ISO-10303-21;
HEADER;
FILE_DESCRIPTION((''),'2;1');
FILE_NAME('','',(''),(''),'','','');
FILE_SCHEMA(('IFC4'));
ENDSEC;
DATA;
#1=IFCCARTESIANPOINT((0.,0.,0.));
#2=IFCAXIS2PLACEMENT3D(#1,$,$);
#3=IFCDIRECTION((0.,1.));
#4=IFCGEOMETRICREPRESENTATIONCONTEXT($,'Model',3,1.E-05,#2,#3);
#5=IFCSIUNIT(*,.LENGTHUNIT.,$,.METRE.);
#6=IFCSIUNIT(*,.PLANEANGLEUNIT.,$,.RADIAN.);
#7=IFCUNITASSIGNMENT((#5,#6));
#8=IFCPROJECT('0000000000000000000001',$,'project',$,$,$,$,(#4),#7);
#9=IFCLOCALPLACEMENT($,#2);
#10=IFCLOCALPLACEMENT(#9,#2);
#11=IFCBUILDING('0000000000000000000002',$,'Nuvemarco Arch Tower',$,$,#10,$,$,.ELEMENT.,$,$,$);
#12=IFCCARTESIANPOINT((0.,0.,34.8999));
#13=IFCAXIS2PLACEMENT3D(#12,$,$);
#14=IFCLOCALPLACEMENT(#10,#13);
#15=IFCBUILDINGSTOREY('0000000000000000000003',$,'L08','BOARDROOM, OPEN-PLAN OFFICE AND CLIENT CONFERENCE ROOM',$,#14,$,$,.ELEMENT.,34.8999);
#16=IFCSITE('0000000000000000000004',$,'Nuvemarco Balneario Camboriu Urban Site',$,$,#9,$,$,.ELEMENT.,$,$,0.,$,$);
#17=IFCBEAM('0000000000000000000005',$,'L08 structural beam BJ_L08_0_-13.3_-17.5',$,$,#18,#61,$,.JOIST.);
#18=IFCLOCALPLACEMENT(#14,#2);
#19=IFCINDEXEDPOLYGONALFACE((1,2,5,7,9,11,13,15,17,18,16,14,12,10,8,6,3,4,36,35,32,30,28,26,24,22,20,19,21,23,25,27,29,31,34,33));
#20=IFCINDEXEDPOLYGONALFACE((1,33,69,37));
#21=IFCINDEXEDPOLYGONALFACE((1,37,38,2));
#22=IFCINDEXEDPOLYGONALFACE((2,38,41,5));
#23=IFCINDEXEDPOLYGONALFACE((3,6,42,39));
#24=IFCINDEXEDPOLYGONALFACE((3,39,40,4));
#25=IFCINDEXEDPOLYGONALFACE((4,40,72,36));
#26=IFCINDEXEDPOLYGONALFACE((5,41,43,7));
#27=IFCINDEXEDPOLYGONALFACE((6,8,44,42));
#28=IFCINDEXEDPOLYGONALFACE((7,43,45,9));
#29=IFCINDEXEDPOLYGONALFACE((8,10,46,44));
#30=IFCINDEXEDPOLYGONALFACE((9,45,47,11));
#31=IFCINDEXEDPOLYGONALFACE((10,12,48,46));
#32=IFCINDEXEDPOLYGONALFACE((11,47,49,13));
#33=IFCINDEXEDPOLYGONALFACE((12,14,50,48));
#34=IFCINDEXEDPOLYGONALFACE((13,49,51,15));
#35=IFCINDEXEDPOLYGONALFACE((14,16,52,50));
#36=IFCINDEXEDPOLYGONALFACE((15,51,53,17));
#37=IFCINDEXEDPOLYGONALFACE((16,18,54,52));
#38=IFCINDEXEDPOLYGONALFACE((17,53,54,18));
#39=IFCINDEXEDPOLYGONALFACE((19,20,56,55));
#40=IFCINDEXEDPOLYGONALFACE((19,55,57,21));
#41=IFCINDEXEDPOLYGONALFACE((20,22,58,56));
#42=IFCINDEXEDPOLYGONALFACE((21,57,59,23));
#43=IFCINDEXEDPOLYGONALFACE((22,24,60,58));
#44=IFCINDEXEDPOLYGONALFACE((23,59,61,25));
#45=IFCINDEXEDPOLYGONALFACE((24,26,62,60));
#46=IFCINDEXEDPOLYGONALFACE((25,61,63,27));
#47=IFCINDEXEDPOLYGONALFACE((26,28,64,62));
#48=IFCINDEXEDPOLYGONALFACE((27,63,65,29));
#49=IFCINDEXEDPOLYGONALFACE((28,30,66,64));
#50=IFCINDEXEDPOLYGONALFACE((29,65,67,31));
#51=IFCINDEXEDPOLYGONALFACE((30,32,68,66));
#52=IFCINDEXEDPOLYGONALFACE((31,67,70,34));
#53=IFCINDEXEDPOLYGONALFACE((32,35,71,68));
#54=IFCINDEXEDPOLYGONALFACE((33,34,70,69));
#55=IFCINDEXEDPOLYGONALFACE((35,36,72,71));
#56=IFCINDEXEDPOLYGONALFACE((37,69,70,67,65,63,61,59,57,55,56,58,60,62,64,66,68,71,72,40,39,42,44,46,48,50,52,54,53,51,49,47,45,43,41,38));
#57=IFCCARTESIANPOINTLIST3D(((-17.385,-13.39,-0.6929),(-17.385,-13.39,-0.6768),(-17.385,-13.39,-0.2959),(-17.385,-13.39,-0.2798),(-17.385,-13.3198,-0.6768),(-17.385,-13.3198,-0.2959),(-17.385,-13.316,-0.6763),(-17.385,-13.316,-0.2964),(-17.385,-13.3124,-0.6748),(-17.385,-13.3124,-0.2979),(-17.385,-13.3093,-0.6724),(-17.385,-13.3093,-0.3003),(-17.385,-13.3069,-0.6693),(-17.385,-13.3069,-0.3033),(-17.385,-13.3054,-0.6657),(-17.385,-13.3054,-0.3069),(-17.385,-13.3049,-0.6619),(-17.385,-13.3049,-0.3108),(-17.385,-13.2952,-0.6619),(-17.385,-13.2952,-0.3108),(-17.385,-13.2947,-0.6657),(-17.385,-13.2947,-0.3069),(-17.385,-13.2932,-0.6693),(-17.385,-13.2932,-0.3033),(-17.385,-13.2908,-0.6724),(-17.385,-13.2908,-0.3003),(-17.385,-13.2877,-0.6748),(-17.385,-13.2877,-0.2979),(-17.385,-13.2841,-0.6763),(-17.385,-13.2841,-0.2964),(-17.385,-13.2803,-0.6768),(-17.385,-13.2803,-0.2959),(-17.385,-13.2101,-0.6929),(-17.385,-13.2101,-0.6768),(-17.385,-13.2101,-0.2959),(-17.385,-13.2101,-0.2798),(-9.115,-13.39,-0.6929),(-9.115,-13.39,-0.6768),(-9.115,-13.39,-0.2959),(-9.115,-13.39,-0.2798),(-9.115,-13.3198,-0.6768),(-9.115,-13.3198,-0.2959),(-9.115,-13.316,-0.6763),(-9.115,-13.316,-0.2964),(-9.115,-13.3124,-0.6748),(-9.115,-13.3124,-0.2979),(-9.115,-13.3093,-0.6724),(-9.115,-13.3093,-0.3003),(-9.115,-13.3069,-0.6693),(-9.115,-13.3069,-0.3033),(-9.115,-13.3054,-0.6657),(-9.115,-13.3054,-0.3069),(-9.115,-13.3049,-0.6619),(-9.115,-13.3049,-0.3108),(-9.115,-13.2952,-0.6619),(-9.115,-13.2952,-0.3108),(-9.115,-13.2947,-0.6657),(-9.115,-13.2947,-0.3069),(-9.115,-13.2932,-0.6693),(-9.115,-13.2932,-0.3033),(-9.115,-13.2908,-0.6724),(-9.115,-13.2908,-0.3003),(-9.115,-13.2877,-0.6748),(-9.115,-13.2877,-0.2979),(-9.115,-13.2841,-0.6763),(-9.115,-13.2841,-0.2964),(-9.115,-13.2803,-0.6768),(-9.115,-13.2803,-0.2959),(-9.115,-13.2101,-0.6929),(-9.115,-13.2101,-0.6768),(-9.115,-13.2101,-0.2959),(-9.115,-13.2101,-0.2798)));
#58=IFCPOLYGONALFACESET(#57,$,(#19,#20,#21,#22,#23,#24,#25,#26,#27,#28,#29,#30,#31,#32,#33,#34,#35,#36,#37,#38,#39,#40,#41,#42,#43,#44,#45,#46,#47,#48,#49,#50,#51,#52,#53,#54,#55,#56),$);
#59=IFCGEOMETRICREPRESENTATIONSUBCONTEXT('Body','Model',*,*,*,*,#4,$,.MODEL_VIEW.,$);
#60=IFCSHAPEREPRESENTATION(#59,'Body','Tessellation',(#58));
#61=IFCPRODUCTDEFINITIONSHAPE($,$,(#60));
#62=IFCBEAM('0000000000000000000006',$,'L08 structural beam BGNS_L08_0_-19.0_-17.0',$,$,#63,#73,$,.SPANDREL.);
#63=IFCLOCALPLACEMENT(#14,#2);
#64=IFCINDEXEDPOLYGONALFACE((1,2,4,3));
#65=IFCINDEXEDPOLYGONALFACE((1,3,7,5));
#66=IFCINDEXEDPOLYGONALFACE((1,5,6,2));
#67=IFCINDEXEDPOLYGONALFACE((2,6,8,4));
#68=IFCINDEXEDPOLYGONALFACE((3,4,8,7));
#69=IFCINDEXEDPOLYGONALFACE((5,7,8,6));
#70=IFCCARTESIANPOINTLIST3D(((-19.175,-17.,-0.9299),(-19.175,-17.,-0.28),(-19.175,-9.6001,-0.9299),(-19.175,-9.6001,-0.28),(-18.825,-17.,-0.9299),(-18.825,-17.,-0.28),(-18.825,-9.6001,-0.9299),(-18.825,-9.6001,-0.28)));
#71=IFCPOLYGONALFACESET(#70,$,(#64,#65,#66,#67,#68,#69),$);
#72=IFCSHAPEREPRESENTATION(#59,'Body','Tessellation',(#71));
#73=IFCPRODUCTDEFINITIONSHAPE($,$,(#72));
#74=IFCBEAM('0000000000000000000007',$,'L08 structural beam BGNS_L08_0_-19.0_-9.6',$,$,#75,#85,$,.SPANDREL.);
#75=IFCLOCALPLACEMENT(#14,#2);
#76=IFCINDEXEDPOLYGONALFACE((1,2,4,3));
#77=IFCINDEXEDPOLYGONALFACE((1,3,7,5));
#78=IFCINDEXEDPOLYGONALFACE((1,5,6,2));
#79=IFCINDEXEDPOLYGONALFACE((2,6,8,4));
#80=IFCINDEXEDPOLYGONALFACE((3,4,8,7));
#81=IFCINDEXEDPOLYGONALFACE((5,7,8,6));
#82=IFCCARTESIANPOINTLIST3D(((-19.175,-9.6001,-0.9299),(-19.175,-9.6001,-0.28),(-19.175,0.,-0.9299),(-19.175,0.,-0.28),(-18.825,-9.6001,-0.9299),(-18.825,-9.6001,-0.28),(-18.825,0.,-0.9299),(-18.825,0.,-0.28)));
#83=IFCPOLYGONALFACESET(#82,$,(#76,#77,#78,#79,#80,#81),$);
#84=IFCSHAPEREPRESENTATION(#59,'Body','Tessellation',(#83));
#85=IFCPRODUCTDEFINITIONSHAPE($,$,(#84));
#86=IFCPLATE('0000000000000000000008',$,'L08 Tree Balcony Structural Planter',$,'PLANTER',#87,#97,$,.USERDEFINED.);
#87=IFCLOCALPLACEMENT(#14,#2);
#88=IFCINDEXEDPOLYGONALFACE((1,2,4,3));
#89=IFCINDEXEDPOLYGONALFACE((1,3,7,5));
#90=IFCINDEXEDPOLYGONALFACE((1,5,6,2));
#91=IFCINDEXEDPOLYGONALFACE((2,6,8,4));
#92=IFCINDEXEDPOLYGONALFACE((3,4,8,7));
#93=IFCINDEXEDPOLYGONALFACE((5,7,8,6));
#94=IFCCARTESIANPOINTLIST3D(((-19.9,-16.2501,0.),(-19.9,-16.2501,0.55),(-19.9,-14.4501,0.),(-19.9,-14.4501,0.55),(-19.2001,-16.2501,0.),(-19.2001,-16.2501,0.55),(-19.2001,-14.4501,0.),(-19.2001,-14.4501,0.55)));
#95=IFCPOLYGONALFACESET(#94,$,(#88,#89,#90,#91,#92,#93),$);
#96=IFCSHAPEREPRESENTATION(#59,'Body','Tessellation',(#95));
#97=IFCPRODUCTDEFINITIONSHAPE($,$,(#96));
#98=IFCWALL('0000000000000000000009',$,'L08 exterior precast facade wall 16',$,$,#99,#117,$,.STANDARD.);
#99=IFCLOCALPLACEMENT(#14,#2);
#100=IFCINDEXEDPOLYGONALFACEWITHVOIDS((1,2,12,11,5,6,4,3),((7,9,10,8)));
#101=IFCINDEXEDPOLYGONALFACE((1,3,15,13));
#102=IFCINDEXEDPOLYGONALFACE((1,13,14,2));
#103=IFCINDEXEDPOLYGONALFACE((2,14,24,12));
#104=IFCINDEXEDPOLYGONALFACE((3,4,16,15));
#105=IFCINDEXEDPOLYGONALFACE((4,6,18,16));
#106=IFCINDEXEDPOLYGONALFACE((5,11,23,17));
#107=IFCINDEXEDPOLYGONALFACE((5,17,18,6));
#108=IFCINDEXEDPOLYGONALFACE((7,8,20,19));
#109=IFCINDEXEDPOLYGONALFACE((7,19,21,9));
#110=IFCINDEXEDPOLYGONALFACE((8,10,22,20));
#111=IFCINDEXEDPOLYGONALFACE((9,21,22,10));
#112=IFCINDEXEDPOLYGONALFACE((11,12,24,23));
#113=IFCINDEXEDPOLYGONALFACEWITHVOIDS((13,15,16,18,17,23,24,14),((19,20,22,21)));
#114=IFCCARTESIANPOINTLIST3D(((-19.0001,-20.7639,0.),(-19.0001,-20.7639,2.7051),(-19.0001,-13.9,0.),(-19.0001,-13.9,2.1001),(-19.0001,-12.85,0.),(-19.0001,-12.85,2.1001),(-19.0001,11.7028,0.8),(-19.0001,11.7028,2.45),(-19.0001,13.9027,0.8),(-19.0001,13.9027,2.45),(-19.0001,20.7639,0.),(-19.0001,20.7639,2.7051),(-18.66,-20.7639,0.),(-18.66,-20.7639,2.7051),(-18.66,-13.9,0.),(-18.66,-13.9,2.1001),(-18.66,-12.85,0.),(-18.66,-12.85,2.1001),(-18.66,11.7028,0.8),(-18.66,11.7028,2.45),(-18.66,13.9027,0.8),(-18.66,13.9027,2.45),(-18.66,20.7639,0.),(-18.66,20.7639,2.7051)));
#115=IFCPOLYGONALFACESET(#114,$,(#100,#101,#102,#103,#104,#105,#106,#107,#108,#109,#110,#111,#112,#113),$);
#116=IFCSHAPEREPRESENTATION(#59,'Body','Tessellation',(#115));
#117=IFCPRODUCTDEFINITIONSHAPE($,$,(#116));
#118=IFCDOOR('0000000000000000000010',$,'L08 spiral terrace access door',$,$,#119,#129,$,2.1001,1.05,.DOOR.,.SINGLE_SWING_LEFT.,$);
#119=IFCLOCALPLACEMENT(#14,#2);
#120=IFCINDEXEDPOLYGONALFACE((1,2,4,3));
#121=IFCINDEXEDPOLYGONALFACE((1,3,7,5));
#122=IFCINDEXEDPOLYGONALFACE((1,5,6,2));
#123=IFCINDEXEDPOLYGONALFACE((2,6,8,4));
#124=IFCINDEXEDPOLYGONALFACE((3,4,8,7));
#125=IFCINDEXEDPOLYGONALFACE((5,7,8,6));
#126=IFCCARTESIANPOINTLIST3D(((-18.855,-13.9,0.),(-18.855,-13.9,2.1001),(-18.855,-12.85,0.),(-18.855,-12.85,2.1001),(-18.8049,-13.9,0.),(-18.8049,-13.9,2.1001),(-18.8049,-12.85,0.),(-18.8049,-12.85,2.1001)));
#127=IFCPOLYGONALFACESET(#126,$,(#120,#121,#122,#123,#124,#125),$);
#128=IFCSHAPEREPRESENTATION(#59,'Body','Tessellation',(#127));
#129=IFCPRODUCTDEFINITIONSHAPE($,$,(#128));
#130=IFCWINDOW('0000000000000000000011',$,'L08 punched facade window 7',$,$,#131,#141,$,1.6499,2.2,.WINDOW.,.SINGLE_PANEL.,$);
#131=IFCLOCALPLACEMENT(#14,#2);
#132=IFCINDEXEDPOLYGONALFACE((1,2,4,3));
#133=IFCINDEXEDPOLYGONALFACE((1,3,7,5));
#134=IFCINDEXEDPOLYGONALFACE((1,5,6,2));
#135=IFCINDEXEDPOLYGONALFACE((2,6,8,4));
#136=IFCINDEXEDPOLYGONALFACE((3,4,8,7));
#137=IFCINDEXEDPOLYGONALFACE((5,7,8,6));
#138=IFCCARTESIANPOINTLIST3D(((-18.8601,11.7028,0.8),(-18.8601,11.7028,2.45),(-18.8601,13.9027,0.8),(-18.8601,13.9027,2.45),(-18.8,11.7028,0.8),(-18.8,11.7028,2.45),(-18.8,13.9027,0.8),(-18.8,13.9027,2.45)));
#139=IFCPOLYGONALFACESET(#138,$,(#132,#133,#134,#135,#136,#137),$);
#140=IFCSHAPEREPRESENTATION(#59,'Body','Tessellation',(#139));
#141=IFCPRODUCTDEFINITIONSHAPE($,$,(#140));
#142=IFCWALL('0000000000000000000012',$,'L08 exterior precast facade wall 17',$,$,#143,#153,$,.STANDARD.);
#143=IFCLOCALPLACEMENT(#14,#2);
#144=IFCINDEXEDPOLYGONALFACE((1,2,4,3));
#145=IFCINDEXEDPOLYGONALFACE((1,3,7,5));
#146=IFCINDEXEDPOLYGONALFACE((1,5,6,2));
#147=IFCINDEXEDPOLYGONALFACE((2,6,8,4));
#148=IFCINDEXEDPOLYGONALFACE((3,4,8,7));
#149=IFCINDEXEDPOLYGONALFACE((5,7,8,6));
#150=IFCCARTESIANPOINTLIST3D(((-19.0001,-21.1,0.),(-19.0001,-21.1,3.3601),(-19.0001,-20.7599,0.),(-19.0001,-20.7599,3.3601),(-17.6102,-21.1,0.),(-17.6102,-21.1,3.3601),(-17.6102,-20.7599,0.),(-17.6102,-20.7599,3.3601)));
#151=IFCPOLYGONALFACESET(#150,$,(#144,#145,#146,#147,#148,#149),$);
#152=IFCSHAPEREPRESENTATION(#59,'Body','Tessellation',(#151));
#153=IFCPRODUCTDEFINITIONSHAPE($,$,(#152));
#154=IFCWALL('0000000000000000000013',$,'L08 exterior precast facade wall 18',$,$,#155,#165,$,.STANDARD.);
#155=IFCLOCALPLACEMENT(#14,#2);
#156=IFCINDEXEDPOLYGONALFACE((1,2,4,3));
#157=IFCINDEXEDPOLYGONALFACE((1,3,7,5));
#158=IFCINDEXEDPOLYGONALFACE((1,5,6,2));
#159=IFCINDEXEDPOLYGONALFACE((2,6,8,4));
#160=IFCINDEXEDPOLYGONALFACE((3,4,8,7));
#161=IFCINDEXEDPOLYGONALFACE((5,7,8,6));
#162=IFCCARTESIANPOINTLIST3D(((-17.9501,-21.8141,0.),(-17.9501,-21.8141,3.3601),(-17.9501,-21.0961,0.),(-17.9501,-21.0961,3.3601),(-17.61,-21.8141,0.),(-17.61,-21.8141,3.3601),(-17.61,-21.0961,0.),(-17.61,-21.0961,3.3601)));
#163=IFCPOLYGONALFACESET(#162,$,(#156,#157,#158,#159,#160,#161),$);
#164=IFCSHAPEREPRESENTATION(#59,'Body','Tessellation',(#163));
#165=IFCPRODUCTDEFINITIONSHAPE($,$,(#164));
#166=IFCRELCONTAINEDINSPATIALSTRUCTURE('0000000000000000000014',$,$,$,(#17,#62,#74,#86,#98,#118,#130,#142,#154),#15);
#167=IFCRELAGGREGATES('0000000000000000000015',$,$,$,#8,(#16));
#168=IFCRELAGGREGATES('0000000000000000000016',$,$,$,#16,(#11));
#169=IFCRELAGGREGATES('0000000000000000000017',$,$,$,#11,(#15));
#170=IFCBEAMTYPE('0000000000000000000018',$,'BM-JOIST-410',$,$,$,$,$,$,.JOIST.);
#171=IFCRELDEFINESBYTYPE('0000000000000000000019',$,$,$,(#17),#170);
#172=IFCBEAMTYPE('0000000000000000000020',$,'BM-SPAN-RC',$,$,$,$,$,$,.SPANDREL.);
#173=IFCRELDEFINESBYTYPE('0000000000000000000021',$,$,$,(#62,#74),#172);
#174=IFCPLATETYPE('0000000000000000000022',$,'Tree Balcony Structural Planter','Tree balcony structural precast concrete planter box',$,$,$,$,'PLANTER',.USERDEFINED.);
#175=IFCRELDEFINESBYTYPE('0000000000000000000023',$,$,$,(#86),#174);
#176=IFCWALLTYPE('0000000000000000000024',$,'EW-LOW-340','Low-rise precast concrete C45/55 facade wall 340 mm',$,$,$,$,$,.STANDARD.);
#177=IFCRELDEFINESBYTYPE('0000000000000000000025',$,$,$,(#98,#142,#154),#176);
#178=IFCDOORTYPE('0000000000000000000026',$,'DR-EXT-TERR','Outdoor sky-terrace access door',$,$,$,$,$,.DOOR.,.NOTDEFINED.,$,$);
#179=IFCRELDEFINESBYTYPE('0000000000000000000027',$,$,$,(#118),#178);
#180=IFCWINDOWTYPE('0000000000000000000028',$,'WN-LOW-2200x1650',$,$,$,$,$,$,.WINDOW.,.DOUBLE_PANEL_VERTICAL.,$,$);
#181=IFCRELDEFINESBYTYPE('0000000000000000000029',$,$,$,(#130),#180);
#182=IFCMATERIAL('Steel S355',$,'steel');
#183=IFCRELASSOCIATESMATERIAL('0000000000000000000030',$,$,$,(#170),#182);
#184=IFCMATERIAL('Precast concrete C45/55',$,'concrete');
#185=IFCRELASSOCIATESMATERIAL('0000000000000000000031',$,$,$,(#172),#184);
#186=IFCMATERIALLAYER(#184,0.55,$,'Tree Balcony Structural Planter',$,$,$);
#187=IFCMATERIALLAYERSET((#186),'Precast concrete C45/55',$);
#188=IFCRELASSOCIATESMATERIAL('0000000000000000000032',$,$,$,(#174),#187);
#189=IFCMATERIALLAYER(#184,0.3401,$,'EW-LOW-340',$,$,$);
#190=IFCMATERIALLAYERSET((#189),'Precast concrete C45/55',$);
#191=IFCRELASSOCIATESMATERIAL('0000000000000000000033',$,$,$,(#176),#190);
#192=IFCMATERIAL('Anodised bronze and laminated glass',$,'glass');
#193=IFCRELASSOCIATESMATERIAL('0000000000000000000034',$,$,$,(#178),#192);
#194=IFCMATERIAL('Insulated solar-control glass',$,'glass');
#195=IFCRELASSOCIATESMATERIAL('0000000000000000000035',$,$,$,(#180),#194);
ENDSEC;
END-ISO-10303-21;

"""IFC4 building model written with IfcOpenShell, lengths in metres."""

from ifc_helpers import new_model, si_unit, direction, frame, frame_2d, origin, origin_2d, place, context, subcontext, project, spatial, rectangle, i_section, extrude, source, transform, mapped, material, layer, layer_set, material_profile, profile_set, type_object, type_shapes, element, fill, save


model = new_model("IFC4")

# Units and contexts
model_context = context("Model", 3, precision=1e-05, world=origin(), true_north=direction((0.0, 1.0)))
body_context = subcontext(model_context, "Body", "Model", "MODEL_VIEW")
ifc_project = project(units=[si_unit("LENGTHUNIT", "METRE"), si_unit("PLANEANGLEUNIT", "RADIAN")], contexts=[model_context])

# Site, building, storey
site_placement = place(None, origin())
site = spatial("IfcSite", under=ifc_project, at=site_placement, Name="Nuvemarco Balneario Camboriu Urban Site", CompositionType="ELEMENT", RefElevation=0.0)
building_placement = place(site_placement, origin())
building = spatial("IfcBuilding", under=site, at=building_placement, Name="Nuvemarco Arch Tower", CompositionType="ELEMENT")
storey_placement = place(building_placement, frame((0.0, 0.0, 34.8999)))
storey = spatial("IfcBuildingStorey", under=building, at=storey_placement, Name="L08", Description="BOARDROOM, OPEN-PLAN OFFICE AND CLIENT CONFERENCE ROOM", CompositionType="ELEMENT", Elevation=34.8999)

# Shared definitions
ifc_material_1 = material(Name="Steel S355", Category="steel")

# Beams
ifc_material_profile_1 = material_profile(ifc_material_1, i_section(OverallWidth=0.1799, OverallDepth=0.4131, WebThickness=0.0098, FlangeThickness=0.0161, FilletRadius=0.0149, at=origin_2d()), Name="W410x75")
ifc_profile_set_1 = profile_set([ifc_material_profile_1], Name="Steel S355")
beam_type_1 = type_object("IfcBeamType", Name="BM-JOIST-410", PredefinedType="JOIST", material=ifc_profile_set_1)
beam_1_placement = place(storey_placement, frame((-17.385, -13.3, -0.4863), z_axis=(1.0, 0.0, 0.0), x_axis=(0.0, 1.0, 0.0)))
element("IfcBeam", 1, at=beam_1_placement, inside=storey, type_object=beam_type_1, Name="L08 structural beam BJ_L08_0_-13.3_-17.5", PredefinedType="JOIST", context=body_context, shape_type="SweptSolid", body=[
    extrude(i_section(OverallWidth=0.1799, OverallDepth=0.4131, WebThickness=0.0098, FlangeThickness=0.0161, FilletRadius=0.0149, at=origin_2d()), origin(), (0.0, 0.0, 1.0), 8.27),
])
ifc_material_2 = material(Name="Precast concrete C45/55", Category="concrete")
ifc_material_profile_2 = material_profile(ifc_material_2, rectangle(XDim=0.3501, YDim=0.6499, at=origin_2d()), Name="PC-SP-350x650")
ifc_profile_set_2 = profile_set([ifc_material_profile_2], Name="Precast concrete C45/55")
beam_type_2 = type_object("IfcBeamType", Name="BM-SPAN-RC", PredefinedType="SPANDREL", material=ifc_profile_set_2)
beam_2_placement = place(storey_placement, frame((-19.0, -17.0, -0.605), z_axis=(0.0, 1.0, 0.0), x_axis=(-1.0, 0.0, 0.0)))
element("IfcBeam", 2, at=beam_2_placement, inside=storey, type_object=beam_type_2, Name="L08 structural beam BGNS_L08_0_-19.0_-17.0", PredefinedType="SPANDREL", context=body_context, shape_type="SweptSolid", body=[
    extrude(rectangle(XDim=0.3501, YDim=0.6499, at=origin_2d()), origin(), (0.0, 0.0, 1.0), 7.3999),
])
beam_3_placement = place(storey_placement, frame((-19.0, -9.6001, -0.605), z_axis=(0.0, 1.0, 0.0), x_axis=(-1.0, 0.0, 0.0)))
element("IfcBeam", 3, at=beam_3_placement, inside=storey, type_object=beam_type_2, Name="L08 structural beam BGNS_L08_0_-19.0_-9.6", PredefinedType="SPANDREL", context=body_context, shape_type="SweptSolid", body=[
    extrude(rectangle(XDim=0.3501, YDim=0.6499, at=origin_2d()), origin(), (0.0, 0.0, 1.0), 9.6001),
])

# Plate
ifc_layer_1 = layer(ifc_material_2, 0.55, Name="Tree Balcony Structural Planter")
ifc_layer_set_1 = layer_set([ifc_layer_1], Name="Precast concrete C45/55")
plate_type = type_object("IfcPlateType", Name="Tree Balcony Structural Planter", Description="Tree balcony structural precast concrete planter box", ElementType="PLANTER", PredefinedType="USERDEFINED", material=ifc_layer_set_1)
shared_shape_1 = source(origin(), body_context, "Body", "SweptSolid", [
    extrude(rectangle(XDim=1.8, YDim=0.7, at=origin_2d()), origin(), (0.0, 0.0, 1.0), 0.55),
])
type_shapes(plate_type, [shared_shape_1])
plate_placement = place(storey_placement, frame((-19.55, -15.3501, 0.0), z_axis=(0.0, 0.0, 1.0), x_axis=(0.0, 1.0, 0.0)))
element("IfcPlate", 4, at=plate_placement, inside=storey, type_object=plate_type, Name="L08 Tree Balcony Structural Planter", ObjectType="PLANTER", PredefinedType="USERDEFINED", context=body_context, shape_type="MappedRepresentation", body=[
    mapped(shared_shape_1, transform((0.0, 0.0, 0.0), scale=1.0)),
])

# Wall, openings, door, window
ifc_layer_2 = layer(ifc_material_2, 0.3401, Name="EW-LOW-340")
ifc_layer_set_2 = layer_set([ifc_layer_2], Name="Precast concrete C45/55")
wall_type = type_object("IfcWallType", Name="EW-LOW-340", Description="Low-rise precast concrete C45/55 facade wall 340 mm", PredefinedType="STANDARD", material=ifc_layer_set_2)
wall_1_placement = place(storey_placement, frame((-18.8301, -20.7639, 0.0), z_axis=(0.0, 0.0, 1.0), x_axis=(0.0, 1.0, 0.0)))
wall_1 = element("IfcWall", 5, at=wall_1_placement, inside=storey, type_object=wall_type, Name="L08 exterior precast facade wall 16", PredefinedType="STANDARD", context=body_context, shape_type="SweptSolid", body=[
    extrude(rectangle(XDim=41.5278, YDim=0.3401, at=frame_2d((20.7639, 0.0))), origin(), (0.0, 0.0, 1.0), 2.7051),
])
opening_1_placement = place(wall_1_placement, frame((6.864, 0.0, 0.0)))
opening_1 = element("IfcOpeningElement", 6, at=opening_1_placement, cuts=wall_1, PredefinedType="OPENING", context=body_context, shape_type="SweptSolid", body=[
    extrude(rectangle(XDim=1.05, YDim=2.1001, at=frame_2d((0.5249, 1.05))), frame((0.0, 0.1799, 0.0), z_axis=(0.0, -1.0, 0.0), x_axis=(1.0, 0.0, 0.0)), (0.0, 0.0, 1.0), 0.3601),
])
opening_2_placement = place(wall_1_placement, frame((32.4666, 0.0, 0.8)))
opening_2 = element("IfcOpeningElement", 7, at=opening_2_placement, cuts=wall_1, PredefinedType="OPENING", context=body_context, shape_type="SweptSolid", body=[
    extrude(rectangle(XDim=2.2, YDim=1.6499, at=frame_2d((1.1001, 0.825))), frame((0.0, 0.1799, 0.0), z_axis=(0.0, -1.0, 0.0), x_axis=(1.0, 0.0, 0.0)), (0.0, 0.0, 1.0), 0.3601),
])
ifc_material_3 = material(Name="Anodised bronze and laminated glass", Category="glass")
door_type = type_object("IfcDoorType", Name="DR-EXT-TERR", Description="Outdoor sky-terrace access door", OperationType="NOTDEFINED", PredefinedType="DOOR", material=ifc_material_3)
shared_shape_2 = source(origin(), body_context, "Body", "SweptSolid", [
    extrude(rectangle(XDim=1.05, YDim=2.1001, at=frame_2d((0.5249, 1.05))), frame((0.0, 0.0249, 0.0), z_axis=(0.0, -1.0, 0.0), x_axis=(1.0, 0.0, 0.0)), (0.0, 0.0, 1.0), 0.05),
])
type_shapes(door_type, [shared_shape_2])
door_placement = place(opening_1_placement, origin())
door = element("IfcDoor", 8, at=door_placement, inside=storey, type_object=door_type, Name="L08 spiral terrace access door", OperationType="SINGLE_SWING_LEFT", OverallHeight=2.1001, OverallWidth=1.05, PredefinedType="DOOR", context=body_context, shape_type="MappedRepresentation", body=[
    mapped(shared_shape_2, transform((0.0, 0.0, 0.0), scale=1.0)),
])
fill(opening_1, door)
ifc_material_4 = material(Name="Insulated solar-control glass", Category="glass")
window_type = type_object("IfcWindowType", Name="WN-LOW-2200x1650", PartitioningType="DOUBLE_PANEL_VERTICAL", PredefinedType="WINDOW", material=ifc_material_4)
shared_shape_3 = source(origin(), body_context, "Body", "SweptSolid", [
    extrude(rectangle(XDim=2.2, YDim=1.6499, at=frame_2d((1.1001, 0.825))), frame((0.0, 0.03, 0.0), z_axis=(0.0, -1.0, 0.0), x_axis=(1.0, 0.0, 0.0)), (0.0, 0.0, 1.0), 0.0601),
])
type_shapes(window_type, [shared_shape_3])
window_placement = place(opening_2_placement, origin())
window = element("IfcWindow", 9, at=window_placement, inside=storey, type_object=window_type, Name="L08 punched facade window 7", OverallHeight=1.6499, OverallWidth=2.2, PartitioningType="SINGLE_PANEL", PredefinedType="WINDOW", context=body_context, shape_type="MappedRepresentation", body=[
    mapped(shared_shape_3, transform((0.0, 0.0, 0.0), scale=1.0)),
])
fill(opening_2, window)

# Walls
wall_2_placement = place(storey_placement, frame((-19.0, -20.9299, 0.0), z_axis=(0.0, 0.0, 1.0), x_axis=(1.0, 0.0, 0.0)))
element("IfcWall", 10, at=wall_2_placement, inside=storey, type_object=wall_type, Name="L08 exterior precast facade wall 17", PredefinedType="STANDARD", context=body_context, shape_type="SweptSolid", body=[
    extrude(rectangle(XDim=1.3899, YDim=0.3401, at=frame_2d((0.6948, 0.0))), origin(), (0.0, 0.0, 1.0), 3.3601),
])
wall_3_placement = place(storey_placement, frame((-17.78, -21.814, 0.0), z_axis=(0.0, 0.0, 1.0), x_axis=(0.0, 1.0, 0.0)))
element("IfcWall", 11, at=wall_3_placement, inside=storey, type_object=wall_type, Name="L08 exterior precast facade wall 18", PredefinedType="STANDARD", context=body_context, shape_type="SweptSolid", body=[
    extrude(rectangle(XDim=0.718, YDim=0.3401, at=frame_2d((0.3589, 0.0))), origin(), (0.0, 0.0, 1.0), 3.3601),
])

save(model, "model.ifc")
